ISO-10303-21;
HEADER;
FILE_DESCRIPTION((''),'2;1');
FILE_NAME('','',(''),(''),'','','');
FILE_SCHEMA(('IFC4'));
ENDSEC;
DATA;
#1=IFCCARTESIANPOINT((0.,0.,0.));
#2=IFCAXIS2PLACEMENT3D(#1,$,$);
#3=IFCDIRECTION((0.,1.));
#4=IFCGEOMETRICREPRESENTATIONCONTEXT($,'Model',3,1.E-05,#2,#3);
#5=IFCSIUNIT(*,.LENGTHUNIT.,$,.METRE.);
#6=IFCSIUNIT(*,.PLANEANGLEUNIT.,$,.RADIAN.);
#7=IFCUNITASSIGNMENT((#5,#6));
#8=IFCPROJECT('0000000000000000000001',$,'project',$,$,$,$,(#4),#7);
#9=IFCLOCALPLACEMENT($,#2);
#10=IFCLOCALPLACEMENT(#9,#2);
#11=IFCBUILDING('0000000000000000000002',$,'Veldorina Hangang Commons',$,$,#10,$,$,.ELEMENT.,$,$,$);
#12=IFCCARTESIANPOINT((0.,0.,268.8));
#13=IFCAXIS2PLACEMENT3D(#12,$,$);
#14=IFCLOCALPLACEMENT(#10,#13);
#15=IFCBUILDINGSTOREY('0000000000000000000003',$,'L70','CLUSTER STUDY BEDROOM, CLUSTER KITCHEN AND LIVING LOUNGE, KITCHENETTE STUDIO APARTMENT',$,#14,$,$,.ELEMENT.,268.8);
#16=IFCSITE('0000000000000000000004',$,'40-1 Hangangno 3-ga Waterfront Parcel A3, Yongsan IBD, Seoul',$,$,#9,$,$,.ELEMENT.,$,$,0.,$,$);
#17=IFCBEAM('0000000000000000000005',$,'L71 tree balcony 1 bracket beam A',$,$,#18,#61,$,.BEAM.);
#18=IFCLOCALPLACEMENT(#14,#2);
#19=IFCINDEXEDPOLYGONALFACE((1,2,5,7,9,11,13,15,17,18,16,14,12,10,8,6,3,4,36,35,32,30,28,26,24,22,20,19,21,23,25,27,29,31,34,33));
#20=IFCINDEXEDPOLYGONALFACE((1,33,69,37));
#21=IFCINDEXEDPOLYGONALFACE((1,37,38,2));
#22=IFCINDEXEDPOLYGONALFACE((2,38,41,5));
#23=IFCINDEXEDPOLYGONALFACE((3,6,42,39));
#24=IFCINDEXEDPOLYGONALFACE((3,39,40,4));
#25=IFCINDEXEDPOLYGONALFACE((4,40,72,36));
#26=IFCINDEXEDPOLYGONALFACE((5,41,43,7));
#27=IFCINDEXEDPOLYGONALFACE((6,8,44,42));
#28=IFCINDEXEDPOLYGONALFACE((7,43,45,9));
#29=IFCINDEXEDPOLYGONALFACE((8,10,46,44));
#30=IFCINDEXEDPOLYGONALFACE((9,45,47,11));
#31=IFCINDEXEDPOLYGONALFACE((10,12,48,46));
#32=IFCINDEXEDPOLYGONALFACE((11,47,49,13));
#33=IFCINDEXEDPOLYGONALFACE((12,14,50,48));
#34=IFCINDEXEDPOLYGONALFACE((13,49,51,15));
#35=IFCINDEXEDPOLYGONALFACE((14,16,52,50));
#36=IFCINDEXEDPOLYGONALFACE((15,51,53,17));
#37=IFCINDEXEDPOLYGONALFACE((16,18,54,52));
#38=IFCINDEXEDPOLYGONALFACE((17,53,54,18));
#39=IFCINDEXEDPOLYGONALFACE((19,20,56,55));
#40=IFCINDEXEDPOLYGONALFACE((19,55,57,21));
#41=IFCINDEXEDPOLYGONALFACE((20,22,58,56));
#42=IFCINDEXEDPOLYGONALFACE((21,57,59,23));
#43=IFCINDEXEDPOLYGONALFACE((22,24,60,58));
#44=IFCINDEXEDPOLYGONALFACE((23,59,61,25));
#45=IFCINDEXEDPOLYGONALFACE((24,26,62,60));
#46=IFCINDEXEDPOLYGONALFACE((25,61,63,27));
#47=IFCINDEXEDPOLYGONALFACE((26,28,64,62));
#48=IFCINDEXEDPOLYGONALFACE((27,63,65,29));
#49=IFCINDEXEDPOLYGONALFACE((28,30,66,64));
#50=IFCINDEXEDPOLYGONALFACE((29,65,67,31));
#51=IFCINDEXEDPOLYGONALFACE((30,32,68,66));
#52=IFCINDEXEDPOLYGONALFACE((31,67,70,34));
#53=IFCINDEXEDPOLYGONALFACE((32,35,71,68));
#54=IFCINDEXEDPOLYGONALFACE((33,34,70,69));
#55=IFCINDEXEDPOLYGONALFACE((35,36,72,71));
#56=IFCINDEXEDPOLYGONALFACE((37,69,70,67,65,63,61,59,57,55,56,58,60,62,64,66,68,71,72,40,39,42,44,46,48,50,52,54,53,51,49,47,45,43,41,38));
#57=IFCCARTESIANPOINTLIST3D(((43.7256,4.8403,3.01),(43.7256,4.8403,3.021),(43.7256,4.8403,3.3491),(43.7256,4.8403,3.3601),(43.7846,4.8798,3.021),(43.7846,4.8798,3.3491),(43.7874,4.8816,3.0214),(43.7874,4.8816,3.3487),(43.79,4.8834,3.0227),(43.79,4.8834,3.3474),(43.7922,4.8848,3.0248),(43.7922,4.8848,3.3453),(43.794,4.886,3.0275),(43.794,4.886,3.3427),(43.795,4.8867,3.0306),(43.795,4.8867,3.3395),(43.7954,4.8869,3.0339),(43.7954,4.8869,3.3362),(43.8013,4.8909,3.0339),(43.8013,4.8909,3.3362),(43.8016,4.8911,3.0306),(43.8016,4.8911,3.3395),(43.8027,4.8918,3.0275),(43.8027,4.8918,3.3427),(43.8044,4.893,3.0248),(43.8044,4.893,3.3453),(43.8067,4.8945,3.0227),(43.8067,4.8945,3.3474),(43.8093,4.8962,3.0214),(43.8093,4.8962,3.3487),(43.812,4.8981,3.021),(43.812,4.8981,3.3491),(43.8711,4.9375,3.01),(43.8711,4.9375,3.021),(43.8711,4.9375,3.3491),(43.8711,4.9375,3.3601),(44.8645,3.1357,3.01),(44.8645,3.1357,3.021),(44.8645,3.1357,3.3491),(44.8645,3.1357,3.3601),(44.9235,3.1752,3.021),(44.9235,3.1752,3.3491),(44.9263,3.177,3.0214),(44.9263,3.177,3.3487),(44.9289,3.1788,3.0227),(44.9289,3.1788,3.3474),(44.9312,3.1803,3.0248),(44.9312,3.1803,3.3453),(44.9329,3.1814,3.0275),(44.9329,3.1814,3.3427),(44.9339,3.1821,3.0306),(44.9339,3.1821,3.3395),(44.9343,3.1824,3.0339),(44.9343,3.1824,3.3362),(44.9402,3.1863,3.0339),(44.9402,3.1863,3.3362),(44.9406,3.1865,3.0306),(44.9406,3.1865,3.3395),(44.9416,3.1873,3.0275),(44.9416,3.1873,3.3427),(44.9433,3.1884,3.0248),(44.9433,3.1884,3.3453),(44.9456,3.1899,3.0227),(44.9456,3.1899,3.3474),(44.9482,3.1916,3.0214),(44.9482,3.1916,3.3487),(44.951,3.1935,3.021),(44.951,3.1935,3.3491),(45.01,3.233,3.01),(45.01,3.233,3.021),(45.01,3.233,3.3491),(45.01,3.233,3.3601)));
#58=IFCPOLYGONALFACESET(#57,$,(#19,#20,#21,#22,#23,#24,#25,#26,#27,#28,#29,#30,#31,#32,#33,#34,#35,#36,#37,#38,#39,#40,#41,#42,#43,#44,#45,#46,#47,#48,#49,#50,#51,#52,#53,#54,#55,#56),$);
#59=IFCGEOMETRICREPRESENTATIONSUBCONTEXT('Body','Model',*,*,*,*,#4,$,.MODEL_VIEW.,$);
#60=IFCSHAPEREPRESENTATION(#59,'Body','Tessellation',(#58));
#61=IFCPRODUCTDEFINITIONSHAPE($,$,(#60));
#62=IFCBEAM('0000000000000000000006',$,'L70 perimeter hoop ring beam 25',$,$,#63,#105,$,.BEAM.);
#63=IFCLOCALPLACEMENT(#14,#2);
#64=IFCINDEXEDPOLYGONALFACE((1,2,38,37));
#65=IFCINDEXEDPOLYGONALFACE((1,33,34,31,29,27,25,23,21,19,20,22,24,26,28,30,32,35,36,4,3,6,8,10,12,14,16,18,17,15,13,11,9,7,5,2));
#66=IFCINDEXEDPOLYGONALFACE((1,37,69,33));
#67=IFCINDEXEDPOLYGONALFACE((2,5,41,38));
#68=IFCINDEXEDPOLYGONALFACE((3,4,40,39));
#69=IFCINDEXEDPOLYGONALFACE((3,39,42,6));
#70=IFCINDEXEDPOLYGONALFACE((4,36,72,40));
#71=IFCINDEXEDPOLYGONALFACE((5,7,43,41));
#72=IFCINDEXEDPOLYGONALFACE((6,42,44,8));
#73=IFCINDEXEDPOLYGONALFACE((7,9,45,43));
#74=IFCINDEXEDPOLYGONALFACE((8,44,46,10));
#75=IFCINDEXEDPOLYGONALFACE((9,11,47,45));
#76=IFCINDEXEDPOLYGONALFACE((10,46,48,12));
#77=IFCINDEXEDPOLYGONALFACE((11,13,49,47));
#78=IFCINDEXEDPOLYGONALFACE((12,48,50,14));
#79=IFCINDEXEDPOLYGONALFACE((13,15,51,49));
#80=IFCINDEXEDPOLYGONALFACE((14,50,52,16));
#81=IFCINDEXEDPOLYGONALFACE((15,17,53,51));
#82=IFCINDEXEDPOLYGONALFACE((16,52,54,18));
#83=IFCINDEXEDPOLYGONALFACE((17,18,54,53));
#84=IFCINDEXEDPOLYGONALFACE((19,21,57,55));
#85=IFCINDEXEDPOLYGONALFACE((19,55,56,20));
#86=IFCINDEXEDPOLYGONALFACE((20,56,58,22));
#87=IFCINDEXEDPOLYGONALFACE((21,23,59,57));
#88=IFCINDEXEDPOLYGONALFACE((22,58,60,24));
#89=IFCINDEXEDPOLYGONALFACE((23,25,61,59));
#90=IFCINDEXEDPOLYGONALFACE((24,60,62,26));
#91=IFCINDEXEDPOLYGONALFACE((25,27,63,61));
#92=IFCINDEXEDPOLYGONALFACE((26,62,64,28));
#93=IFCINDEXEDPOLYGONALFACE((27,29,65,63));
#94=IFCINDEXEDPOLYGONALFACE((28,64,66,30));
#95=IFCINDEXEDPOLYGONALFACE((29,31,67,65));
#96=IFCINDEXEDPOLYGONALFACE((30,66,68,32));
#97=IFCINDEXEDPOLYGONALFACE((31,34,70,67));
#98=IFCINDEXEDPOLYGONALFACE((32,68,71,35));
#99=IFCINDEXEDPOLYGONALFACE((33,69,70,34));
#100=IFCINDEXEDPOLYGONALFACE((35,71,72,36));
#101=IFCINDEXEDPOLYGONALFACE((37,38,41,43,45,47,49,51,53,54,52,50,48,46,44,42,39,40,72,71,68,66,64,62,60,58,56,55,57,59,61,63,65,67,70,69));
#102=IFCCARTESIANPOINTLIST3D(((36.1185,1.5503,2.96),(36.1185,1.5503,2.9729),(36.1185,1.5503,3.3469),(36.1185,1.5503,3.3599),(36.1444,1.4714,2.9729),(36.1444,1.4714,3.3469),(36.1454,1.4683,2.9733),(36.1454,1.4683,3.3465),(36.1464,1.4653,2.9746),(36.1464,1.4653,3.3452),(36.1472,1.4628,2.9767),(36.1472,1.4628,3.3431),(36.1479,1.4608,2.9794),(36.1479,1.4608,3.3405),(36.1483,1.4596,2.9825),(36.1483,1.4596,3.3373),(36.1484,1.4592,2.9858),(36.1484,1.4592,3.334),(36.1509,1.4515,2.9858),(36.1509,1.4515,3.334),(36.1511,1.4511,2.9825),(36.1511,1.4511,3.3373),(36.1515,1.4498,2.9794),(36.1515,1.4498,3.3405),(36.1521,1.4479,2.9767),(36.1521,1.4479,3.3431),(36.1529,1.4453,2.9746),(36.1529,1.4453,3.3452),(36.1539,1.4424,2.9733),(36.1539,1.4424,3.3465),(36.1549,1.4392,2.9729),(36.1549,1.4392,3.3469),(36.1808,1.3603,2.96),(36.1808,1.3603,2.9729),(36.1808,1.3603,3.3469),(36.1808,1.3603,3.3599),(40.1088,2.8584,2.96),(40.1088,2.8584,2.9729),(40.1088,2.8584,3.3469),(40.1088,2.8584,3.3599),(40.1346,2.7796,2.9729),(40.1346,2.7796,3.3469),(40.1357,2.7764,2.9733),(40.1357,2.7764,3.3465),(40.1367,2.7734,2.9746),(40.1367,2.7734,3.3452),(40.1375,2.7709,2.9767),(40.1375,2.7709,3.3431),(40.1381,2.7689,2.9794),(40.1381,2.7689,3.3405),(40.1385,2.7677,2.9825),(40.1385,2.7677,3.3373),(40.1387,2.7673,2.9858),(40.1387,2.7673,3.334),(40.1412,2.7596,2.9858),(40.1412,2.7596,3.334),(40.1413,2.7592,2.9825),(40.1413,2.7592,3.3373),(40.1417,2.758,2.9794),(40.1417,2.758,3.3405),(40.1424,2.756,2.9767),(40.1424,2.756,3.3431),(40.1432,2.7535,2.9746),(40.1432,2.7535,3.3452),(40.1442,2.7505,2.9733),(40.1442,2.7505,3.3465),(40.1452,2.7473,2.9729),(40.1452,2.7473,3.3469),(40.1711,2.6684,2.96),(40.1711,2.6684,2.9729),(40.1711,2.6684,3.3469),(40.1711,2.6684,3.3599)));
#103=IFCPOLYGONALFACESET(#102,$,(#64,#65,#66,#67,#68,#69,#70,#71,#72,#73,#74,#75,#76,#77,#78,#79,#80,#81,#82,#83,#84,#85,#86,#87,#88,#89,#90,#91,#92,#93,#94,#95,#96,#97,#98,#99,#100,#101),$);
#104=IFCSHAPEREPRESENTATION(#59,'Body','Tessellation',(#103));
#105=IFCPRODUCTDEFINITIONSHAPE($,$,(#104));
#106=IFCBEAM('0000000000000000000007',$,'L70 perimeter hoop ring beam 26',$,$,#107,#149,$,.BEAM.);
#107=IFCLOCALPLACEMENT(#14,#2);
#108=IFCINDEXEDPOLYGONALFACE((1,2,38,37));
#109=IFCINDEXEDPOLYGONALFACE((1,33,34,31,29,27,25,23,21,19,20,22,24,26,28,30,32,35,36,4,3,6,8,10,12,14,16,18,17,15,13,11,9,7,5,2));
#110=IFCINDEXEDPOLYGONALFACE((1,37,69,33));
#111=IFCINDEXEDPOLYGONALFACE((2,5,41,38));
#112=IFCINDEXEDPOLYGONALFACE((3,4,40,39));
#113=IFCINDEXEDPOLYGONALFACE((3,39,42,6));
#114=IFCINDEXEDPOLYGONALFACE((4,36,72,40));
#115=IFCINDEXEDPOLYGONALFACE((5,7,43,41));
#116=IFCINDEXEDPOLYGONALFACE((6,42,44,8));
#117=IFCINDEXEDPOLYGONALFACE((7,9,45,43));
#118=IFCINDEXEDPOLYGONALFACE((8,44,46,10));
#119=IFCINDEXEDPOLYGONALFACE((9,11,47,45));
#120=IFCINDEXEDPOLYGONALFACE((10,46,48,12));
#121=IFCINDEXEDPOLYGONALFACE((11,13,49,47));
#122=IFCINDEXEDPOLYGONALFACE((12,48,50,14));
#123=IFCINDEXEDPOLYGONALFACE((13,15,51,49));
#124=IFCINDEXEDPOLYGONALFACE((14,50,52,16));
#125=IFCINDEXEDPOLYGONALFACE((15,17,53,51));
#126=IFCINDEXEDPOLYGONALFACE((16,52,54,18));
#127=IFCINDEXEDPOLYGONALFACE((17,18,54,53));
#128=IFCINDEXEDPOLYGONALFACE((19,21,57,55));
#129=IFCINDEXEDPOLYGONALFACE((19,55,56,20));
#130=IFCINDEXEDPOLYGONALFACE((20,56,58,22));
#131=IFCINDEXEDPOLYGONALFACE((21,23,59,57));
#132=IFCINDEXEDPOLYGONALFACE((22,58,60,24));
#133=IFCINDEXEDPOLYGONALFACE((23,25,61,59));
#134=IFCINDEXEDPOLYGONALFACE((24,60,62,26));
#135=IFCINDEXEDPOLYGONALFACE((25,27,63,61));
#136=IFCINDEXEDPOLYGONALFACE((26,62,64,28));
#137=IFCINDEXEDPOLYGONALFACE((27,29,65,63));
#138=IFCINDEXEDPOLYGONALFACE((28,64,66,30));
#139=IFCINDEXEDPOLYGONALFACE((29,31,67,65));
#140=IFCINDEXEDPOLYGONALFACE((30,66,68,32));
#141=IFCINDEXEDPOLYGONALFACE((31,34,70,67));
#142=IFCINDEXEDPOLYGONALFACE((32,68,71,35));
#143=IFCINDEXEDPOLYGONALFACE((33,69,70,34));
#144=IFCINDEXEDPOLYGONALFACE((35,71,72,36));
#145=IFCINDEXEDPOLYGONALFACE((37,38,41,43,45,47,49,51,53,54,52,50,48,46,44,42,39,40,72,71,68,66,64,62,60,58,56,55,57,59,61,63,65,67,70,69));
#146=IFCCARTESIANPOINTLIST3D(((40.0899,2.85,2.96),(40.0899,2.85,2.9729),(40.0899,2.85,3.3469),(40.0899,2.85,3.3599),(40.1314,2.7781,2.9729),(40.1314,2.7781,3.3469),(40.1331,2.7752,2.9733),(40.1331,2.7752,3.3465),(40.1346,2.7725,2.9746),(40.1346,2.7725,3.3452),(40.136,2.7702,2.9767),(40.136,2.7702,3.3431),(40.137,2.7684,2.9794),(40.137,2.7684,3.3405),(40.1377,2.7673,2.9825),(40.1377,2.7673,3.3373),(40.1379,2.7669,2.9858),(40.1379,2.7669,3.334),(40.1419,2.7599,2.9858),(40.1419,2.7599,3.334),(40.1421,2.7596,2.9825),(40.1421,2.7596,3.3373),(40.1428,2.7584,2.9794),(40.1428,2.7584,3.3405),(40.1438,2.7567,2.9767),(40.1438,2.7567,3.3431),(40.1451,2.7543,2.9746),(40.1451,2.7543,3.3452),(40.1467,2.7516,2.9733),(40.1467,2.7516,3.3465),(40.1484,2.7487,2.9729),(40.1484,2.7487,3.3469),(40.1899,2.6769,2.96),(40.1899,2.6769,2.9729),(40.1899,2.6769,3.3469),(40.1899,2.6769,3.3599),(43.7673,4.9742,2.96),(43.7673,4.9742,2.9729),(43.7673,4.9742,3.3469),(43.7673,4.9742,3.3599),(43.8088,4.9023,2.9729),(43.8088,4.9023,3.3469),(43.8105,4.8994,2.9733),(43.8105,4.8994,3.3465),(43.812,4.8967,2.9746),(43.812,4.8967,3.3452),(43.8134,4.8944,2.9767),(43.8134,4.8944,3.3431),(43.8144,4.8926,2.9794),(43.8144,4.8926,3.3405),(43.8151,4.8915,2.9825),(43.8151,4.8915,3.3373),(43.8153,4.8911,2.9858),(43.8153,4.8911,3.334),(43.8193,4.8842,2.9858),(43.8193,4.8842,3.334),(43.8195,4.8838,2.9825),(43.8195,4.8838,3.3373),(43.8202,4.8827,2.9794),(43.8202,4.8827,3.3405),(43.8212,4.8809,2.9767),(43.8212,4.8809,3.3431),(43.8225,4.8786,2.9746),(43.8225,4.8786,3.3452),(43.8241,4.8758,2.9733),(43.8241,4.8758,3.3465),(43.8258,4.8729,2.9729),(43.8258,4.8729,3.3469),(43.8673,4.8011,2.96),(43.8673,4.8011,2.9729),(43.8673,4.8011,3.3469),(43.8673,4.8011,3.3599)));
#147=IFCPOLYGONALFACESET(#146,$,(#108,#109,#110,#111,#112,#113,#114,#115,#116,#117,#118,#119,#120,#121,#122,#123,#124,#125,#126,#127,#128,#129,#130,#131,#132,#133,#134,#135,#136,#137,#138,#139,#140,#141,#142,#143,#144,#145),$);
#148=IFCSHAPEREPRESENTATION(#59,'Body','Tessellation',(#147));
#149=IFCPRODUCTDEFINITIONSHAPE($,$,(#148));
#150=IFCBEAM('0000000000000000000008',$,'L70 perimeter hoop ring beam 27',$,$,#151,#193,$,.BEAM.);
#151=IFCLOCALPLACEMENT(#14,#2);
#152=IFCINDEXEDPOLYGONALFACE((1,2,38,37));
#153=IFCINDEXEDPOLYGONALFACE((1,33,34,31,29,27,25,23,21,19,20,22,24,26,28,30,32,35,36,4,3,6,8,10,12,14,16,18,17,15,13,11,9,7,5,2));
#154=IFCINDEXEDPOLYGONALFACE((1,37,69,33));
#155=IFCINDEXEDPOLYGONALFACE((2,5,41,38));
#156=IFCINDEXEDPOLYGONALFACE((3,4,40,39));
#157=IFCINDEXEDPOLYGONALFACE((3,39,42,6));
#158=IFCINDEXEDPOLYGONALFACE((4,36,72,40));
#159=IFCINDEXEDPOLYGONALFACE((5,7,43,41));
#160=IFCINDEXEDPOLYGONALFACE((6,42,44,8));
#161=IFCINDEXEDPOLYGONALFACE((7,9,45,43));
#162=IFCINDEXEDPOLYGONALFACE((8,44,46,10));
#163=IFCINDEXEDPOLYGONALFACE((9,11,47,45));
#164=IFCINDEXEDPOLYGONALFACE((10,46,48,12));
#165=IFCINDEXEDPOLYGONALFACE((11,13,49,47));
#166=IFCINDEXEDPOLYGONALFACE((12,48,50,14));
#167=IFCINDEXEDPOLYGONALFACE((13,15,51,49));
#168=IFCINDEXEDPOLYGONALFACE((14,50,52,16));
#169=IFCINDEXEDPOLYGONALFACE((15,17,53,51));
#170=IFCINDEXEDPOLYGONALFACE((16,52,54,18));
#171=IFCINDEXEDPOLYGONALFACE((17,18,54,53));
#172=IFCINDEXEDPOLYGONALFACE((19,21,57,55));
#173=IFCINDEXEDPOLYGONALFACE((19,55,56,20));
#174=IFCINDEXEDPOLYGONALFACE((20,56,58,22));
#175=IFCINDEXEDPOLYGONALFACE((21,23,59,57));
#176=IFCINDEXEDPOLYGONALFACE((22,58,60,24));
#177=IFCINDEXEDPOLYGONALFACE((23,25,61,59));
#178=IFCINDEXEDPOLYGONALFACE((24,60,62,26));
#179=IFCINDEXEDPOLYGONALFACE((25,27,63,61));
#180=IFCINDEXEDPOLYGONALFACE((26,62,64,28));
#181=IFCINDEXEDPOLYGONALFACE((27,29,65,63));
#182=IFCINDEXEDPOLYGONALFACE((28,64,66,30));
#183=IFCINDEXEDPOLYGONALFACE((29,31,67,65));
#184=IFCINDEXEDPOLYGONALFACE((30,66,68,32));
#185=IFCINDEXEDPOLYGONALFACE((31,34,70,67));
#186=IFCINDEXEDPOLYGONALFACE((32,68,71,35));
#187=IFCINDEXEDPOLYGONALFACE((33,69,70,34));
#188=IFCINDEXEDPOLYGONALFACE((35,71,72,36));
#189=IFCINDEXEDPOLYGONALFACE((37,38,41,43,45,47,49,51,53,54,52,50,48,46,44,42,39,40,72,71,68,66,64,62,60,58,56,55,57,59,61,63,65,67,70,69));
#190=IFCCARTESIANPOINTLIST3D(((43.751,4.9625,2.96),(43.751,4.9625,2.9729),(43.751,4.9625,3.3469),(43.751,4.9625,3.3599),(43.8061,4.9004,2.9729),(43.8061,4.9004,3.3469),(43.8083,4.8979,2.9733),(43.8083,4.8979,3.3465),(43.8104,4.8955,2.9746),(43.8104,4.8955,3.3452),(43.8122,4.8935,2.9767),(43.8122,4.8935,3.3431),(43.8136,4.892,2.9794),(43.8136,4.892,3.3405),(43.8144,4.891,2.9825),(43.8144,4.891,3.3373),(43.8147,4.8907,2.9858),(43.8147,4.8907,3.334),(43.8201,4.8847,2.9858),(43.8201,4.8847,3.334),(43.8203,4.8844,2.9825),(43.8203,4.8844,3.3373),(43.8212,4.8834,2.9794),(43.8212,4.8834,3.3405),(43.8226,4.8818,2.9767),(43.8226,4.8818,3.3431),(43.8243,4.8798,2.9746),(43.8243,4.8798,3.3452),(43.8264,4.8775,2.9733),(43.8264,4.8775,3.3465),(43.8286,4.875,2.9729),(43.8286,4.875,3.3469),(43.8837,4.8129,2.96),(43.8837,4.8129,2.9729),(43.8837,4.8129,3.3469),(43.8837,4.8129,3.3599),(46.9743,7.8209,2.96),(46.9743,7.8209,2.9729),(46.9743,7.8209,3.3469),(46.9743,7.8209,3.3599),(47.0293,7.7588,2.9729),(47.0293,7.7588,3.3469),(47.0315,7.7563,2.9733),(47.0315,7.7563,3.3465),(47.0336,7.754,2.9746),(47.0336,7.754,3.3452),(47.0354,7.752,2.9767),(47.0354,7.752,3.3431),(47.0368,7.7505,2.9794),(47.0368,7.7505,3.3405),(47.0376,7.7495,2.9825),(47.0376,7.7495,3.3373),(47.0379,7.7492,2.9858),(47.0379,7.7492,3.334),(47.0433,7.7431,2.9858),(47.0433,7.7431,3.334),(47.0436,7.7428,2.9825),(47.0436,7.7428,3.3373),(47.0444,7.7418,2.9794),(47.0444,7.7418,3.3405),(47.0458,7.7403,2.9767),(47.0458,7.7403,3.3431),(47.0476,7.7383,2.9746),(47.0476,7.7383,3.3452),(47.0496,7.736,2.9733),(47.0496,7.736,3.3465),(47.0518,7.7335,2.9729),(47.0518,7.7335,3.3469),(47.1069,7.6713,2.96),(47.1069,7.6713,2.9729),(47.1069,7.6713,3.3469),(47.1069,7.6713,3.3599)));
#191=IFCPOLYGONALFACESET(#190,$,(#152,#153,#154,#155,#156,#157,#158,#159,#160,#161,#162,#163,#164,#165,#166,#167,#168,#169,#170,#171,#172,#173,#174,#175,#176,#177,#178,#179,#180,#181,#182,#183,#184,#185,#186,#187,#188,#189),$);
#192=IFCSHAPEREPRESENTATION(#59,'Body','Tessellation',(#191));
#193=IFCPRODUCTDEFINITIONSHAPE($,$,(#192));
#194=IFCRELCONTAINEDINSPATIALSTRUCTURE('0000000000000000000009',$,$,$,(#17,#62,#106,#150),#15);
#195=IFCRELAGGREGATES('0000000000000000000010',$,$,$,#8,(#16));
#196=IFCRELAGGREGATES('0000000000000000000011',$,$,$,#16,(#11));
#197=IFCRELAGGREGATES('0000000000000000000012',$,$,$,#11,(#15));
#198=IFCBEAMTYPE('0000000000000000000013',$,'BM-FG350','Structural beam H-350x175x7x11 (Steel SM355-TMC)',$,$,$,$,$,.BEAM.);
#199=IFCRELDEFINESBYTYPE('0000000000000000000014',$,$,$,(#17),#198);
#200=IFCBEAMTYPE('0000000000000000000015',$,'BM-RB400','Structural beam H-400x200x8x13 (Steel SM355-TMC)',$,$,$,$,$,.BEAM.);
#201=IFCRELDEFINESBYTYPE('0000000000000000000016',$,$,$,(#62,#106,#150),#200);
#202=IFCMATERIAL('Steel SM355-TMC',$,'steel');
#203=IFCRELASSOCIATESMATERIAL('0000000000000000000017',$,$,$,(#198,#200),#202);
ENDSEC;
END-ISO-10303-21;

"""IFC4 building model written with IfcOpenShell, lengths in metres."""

from ifc_helpers import new_model, si_unit, direction, frame, origin, origin_2d, place, context, subcontext, project, spatial, i_section, extrude, material, material_profile, profile_set, type_object, element, save


model = new_model("IFC4")

# Units and contexts
model_context = context("Model", 3, precision=1e-05, world=origin(), true_north=direction((0.0, 1.0)))
body_context = subcontext(model_context, "Body", "Model", "MODEL_VIEW")
ifc_project = project(units=[si_unit("LENGTHUNIT", "METRE"), si_unit("PLANEANGLEUNIT", "RADIAN")], contexts=[model_context])

# Site, building, storey
site_placement = place(None, origin())
site = spatial("IfcSite", under=ifc_project, at=site_placement, Name="40-1 Hangangno 3-ga Waterfront Parcel A3, Yongsan IBD, Seoul", CompositionType="ELEMENT", RefElevation=0.0)
building_placement = place(site_placement, origin())
building = spatial("IfcBuilding", under=site, at=building_placement, Name="Veldorina Hangang Commons", CompositionType="ELEMENT")
storey_placement = place(building_placement, frame((0.0, 0.0, 268.8)))
storey = spatial("IfcBuildingStorey", under=building, at=storey_placement, Name="L70", Description="CLUSTER STUDY BEDROOM, CLUSTER KITCHEN AND LIVING LOUNGE, KITCHENETTE STUDIO APARTMENT", CompositionType="ELEMENT", Elevation=268.8)

# Beams
ifc_material_1 = material(Name="Steel SM355-TMC", Category="steel")
ifc_material_profile_1 = material_profile(ifc_material_1, i_section(OverallWidth=0.175, OverallDepth=0.3501, WebThickness=0.0071, FlangeThickness=0.011, FilletRadius=0.0129, at=origin_2d()), Name="H-350x175x7x11")
ifc_profile_set_1 = profile_set([ifc_material_profile_1], Name="Steel SM355-TMC")
beam_type_1 = type_object("IfcBeamType", Name="BM-FG350", Description="Structural beam H-350x175x7x11 (Steel SM355-TMC)", PredefinedType="BEAM", material=ifc_profile_set_1)
beam_1_placement = place(storey_placement, frame((43.7983, 4.8889, 3.1851), z_axis=(0.555552, -0.831482, 0.0), x_axis=(0.831482, 0.555552, 0.0)))
element("IfcBeam", 1, at=beam_1_placement, inside=storey, type_object=beam_type_1, Name="L71 tree balcony 1 bracket beam A", PredefinedType="BEAM", context=body_context, shape_type="SweptSolid", body=[
    extrude(i_section(OverallWidth=0.175, OverallDepth=0.3501, WebThickness=0.0071, FlangeThickness=0.011, FilletRadius=0.0129, at=origin_2d()), origin(), (0.0, 0.0, 1.0), 2.05),
])
ifc_material_profile_2 = material_profile(ifc_material_1, i_section(OverallWidth=0.2, OverallDepth=0.3999, WebThickness=0.0081, FlangeThickness=0.0129, FilletRadius=0.0129, at=origin_2d()), Name="H-400x200x8x13")
ifc_profile_set_2 = profile_set([ifc_material_profile_2], Name="Steel SM355-TMC")
beam_type_2 = type_object("IfcBeamType", Name="BM-RB400", Description="Structural beam H-400x200x8x13 (Steel SM355-TMC)", PredefinedType="BEAM", material=ifc_profile_set_2)
beam_2_placement = place(storey_placement, frame((36.1497, 1.4553, 3.1599), z_axis=(0.950241, 0.311515, 0.0), x_axis=(-0.311515, 0.950241, 0.0)))
element("IfcBeam", 2, at=beam_2_placement, inside=storey, type_object=beam_type_2, Name="L70 perimeter hoop ring beam 25", PredefinedType="BEAM", context=body_context, shape_type="SweptSolid", body=[
    extrude(i_section(OverallWidth=0.2, OverallDepth=0.3999, WebThickness=0.0081, FlangeThickness=0.0129, FilletRadius=0.0129, at=origin_2d()), origin(), (0.0, 0.0, 1.0), 4.1992),
])
beam_3_placement = place(storey_placement, frame((40.1399, 2.7634, 3.1599), z_axis=(0.865917, 0.500189, 0.0), x_axis=(-0.500189, 0.865917, 0.0)))
element("IfcBeam", 3, at=beam_3_placement, inside=storey, type_object=beam_type_2, Name="L70 perimeter hoop ring beam 26", PredefinedType="BEAM", context=body_context, shape_type="SweptSolid", body=[
    extrude(i_section(OverallWidth=0.2, OverallDepth=0.3999, WebThickness=0.0081, FlangeThickness=0.0129, FilletRadius=0.0129, at=origin_2d()), origin(), (0.0, 0.0, 1.0), 4.2468),
])
beam_4_placement = place(storey_placement, frame((43.8174, 4.8877, 3.1599), z_axis=(0.748172, 0.663505, 0.0), x_axis=(-0.663505, 0.748172, 0.0)))
element("IfcBeam", 4, at=beam_4_placement, inside=storey, type_object=beam_type_2, Name="L70 perimeter hoop ring beam 27", PredefinedType="BEAM", context=body_context, shape_type="SweptSolid", body=[
    extrude(i_section(OverallWidth=0.2, OverallDepth=0.3999, WebThickness=0.0081, FlangeThickness=0.0129, FilletRadius=0.0129, at=origin_2d()), origin(), (0.0, 0.0, 1.0), 4.3081),
])

save(model, "model.ifc")
